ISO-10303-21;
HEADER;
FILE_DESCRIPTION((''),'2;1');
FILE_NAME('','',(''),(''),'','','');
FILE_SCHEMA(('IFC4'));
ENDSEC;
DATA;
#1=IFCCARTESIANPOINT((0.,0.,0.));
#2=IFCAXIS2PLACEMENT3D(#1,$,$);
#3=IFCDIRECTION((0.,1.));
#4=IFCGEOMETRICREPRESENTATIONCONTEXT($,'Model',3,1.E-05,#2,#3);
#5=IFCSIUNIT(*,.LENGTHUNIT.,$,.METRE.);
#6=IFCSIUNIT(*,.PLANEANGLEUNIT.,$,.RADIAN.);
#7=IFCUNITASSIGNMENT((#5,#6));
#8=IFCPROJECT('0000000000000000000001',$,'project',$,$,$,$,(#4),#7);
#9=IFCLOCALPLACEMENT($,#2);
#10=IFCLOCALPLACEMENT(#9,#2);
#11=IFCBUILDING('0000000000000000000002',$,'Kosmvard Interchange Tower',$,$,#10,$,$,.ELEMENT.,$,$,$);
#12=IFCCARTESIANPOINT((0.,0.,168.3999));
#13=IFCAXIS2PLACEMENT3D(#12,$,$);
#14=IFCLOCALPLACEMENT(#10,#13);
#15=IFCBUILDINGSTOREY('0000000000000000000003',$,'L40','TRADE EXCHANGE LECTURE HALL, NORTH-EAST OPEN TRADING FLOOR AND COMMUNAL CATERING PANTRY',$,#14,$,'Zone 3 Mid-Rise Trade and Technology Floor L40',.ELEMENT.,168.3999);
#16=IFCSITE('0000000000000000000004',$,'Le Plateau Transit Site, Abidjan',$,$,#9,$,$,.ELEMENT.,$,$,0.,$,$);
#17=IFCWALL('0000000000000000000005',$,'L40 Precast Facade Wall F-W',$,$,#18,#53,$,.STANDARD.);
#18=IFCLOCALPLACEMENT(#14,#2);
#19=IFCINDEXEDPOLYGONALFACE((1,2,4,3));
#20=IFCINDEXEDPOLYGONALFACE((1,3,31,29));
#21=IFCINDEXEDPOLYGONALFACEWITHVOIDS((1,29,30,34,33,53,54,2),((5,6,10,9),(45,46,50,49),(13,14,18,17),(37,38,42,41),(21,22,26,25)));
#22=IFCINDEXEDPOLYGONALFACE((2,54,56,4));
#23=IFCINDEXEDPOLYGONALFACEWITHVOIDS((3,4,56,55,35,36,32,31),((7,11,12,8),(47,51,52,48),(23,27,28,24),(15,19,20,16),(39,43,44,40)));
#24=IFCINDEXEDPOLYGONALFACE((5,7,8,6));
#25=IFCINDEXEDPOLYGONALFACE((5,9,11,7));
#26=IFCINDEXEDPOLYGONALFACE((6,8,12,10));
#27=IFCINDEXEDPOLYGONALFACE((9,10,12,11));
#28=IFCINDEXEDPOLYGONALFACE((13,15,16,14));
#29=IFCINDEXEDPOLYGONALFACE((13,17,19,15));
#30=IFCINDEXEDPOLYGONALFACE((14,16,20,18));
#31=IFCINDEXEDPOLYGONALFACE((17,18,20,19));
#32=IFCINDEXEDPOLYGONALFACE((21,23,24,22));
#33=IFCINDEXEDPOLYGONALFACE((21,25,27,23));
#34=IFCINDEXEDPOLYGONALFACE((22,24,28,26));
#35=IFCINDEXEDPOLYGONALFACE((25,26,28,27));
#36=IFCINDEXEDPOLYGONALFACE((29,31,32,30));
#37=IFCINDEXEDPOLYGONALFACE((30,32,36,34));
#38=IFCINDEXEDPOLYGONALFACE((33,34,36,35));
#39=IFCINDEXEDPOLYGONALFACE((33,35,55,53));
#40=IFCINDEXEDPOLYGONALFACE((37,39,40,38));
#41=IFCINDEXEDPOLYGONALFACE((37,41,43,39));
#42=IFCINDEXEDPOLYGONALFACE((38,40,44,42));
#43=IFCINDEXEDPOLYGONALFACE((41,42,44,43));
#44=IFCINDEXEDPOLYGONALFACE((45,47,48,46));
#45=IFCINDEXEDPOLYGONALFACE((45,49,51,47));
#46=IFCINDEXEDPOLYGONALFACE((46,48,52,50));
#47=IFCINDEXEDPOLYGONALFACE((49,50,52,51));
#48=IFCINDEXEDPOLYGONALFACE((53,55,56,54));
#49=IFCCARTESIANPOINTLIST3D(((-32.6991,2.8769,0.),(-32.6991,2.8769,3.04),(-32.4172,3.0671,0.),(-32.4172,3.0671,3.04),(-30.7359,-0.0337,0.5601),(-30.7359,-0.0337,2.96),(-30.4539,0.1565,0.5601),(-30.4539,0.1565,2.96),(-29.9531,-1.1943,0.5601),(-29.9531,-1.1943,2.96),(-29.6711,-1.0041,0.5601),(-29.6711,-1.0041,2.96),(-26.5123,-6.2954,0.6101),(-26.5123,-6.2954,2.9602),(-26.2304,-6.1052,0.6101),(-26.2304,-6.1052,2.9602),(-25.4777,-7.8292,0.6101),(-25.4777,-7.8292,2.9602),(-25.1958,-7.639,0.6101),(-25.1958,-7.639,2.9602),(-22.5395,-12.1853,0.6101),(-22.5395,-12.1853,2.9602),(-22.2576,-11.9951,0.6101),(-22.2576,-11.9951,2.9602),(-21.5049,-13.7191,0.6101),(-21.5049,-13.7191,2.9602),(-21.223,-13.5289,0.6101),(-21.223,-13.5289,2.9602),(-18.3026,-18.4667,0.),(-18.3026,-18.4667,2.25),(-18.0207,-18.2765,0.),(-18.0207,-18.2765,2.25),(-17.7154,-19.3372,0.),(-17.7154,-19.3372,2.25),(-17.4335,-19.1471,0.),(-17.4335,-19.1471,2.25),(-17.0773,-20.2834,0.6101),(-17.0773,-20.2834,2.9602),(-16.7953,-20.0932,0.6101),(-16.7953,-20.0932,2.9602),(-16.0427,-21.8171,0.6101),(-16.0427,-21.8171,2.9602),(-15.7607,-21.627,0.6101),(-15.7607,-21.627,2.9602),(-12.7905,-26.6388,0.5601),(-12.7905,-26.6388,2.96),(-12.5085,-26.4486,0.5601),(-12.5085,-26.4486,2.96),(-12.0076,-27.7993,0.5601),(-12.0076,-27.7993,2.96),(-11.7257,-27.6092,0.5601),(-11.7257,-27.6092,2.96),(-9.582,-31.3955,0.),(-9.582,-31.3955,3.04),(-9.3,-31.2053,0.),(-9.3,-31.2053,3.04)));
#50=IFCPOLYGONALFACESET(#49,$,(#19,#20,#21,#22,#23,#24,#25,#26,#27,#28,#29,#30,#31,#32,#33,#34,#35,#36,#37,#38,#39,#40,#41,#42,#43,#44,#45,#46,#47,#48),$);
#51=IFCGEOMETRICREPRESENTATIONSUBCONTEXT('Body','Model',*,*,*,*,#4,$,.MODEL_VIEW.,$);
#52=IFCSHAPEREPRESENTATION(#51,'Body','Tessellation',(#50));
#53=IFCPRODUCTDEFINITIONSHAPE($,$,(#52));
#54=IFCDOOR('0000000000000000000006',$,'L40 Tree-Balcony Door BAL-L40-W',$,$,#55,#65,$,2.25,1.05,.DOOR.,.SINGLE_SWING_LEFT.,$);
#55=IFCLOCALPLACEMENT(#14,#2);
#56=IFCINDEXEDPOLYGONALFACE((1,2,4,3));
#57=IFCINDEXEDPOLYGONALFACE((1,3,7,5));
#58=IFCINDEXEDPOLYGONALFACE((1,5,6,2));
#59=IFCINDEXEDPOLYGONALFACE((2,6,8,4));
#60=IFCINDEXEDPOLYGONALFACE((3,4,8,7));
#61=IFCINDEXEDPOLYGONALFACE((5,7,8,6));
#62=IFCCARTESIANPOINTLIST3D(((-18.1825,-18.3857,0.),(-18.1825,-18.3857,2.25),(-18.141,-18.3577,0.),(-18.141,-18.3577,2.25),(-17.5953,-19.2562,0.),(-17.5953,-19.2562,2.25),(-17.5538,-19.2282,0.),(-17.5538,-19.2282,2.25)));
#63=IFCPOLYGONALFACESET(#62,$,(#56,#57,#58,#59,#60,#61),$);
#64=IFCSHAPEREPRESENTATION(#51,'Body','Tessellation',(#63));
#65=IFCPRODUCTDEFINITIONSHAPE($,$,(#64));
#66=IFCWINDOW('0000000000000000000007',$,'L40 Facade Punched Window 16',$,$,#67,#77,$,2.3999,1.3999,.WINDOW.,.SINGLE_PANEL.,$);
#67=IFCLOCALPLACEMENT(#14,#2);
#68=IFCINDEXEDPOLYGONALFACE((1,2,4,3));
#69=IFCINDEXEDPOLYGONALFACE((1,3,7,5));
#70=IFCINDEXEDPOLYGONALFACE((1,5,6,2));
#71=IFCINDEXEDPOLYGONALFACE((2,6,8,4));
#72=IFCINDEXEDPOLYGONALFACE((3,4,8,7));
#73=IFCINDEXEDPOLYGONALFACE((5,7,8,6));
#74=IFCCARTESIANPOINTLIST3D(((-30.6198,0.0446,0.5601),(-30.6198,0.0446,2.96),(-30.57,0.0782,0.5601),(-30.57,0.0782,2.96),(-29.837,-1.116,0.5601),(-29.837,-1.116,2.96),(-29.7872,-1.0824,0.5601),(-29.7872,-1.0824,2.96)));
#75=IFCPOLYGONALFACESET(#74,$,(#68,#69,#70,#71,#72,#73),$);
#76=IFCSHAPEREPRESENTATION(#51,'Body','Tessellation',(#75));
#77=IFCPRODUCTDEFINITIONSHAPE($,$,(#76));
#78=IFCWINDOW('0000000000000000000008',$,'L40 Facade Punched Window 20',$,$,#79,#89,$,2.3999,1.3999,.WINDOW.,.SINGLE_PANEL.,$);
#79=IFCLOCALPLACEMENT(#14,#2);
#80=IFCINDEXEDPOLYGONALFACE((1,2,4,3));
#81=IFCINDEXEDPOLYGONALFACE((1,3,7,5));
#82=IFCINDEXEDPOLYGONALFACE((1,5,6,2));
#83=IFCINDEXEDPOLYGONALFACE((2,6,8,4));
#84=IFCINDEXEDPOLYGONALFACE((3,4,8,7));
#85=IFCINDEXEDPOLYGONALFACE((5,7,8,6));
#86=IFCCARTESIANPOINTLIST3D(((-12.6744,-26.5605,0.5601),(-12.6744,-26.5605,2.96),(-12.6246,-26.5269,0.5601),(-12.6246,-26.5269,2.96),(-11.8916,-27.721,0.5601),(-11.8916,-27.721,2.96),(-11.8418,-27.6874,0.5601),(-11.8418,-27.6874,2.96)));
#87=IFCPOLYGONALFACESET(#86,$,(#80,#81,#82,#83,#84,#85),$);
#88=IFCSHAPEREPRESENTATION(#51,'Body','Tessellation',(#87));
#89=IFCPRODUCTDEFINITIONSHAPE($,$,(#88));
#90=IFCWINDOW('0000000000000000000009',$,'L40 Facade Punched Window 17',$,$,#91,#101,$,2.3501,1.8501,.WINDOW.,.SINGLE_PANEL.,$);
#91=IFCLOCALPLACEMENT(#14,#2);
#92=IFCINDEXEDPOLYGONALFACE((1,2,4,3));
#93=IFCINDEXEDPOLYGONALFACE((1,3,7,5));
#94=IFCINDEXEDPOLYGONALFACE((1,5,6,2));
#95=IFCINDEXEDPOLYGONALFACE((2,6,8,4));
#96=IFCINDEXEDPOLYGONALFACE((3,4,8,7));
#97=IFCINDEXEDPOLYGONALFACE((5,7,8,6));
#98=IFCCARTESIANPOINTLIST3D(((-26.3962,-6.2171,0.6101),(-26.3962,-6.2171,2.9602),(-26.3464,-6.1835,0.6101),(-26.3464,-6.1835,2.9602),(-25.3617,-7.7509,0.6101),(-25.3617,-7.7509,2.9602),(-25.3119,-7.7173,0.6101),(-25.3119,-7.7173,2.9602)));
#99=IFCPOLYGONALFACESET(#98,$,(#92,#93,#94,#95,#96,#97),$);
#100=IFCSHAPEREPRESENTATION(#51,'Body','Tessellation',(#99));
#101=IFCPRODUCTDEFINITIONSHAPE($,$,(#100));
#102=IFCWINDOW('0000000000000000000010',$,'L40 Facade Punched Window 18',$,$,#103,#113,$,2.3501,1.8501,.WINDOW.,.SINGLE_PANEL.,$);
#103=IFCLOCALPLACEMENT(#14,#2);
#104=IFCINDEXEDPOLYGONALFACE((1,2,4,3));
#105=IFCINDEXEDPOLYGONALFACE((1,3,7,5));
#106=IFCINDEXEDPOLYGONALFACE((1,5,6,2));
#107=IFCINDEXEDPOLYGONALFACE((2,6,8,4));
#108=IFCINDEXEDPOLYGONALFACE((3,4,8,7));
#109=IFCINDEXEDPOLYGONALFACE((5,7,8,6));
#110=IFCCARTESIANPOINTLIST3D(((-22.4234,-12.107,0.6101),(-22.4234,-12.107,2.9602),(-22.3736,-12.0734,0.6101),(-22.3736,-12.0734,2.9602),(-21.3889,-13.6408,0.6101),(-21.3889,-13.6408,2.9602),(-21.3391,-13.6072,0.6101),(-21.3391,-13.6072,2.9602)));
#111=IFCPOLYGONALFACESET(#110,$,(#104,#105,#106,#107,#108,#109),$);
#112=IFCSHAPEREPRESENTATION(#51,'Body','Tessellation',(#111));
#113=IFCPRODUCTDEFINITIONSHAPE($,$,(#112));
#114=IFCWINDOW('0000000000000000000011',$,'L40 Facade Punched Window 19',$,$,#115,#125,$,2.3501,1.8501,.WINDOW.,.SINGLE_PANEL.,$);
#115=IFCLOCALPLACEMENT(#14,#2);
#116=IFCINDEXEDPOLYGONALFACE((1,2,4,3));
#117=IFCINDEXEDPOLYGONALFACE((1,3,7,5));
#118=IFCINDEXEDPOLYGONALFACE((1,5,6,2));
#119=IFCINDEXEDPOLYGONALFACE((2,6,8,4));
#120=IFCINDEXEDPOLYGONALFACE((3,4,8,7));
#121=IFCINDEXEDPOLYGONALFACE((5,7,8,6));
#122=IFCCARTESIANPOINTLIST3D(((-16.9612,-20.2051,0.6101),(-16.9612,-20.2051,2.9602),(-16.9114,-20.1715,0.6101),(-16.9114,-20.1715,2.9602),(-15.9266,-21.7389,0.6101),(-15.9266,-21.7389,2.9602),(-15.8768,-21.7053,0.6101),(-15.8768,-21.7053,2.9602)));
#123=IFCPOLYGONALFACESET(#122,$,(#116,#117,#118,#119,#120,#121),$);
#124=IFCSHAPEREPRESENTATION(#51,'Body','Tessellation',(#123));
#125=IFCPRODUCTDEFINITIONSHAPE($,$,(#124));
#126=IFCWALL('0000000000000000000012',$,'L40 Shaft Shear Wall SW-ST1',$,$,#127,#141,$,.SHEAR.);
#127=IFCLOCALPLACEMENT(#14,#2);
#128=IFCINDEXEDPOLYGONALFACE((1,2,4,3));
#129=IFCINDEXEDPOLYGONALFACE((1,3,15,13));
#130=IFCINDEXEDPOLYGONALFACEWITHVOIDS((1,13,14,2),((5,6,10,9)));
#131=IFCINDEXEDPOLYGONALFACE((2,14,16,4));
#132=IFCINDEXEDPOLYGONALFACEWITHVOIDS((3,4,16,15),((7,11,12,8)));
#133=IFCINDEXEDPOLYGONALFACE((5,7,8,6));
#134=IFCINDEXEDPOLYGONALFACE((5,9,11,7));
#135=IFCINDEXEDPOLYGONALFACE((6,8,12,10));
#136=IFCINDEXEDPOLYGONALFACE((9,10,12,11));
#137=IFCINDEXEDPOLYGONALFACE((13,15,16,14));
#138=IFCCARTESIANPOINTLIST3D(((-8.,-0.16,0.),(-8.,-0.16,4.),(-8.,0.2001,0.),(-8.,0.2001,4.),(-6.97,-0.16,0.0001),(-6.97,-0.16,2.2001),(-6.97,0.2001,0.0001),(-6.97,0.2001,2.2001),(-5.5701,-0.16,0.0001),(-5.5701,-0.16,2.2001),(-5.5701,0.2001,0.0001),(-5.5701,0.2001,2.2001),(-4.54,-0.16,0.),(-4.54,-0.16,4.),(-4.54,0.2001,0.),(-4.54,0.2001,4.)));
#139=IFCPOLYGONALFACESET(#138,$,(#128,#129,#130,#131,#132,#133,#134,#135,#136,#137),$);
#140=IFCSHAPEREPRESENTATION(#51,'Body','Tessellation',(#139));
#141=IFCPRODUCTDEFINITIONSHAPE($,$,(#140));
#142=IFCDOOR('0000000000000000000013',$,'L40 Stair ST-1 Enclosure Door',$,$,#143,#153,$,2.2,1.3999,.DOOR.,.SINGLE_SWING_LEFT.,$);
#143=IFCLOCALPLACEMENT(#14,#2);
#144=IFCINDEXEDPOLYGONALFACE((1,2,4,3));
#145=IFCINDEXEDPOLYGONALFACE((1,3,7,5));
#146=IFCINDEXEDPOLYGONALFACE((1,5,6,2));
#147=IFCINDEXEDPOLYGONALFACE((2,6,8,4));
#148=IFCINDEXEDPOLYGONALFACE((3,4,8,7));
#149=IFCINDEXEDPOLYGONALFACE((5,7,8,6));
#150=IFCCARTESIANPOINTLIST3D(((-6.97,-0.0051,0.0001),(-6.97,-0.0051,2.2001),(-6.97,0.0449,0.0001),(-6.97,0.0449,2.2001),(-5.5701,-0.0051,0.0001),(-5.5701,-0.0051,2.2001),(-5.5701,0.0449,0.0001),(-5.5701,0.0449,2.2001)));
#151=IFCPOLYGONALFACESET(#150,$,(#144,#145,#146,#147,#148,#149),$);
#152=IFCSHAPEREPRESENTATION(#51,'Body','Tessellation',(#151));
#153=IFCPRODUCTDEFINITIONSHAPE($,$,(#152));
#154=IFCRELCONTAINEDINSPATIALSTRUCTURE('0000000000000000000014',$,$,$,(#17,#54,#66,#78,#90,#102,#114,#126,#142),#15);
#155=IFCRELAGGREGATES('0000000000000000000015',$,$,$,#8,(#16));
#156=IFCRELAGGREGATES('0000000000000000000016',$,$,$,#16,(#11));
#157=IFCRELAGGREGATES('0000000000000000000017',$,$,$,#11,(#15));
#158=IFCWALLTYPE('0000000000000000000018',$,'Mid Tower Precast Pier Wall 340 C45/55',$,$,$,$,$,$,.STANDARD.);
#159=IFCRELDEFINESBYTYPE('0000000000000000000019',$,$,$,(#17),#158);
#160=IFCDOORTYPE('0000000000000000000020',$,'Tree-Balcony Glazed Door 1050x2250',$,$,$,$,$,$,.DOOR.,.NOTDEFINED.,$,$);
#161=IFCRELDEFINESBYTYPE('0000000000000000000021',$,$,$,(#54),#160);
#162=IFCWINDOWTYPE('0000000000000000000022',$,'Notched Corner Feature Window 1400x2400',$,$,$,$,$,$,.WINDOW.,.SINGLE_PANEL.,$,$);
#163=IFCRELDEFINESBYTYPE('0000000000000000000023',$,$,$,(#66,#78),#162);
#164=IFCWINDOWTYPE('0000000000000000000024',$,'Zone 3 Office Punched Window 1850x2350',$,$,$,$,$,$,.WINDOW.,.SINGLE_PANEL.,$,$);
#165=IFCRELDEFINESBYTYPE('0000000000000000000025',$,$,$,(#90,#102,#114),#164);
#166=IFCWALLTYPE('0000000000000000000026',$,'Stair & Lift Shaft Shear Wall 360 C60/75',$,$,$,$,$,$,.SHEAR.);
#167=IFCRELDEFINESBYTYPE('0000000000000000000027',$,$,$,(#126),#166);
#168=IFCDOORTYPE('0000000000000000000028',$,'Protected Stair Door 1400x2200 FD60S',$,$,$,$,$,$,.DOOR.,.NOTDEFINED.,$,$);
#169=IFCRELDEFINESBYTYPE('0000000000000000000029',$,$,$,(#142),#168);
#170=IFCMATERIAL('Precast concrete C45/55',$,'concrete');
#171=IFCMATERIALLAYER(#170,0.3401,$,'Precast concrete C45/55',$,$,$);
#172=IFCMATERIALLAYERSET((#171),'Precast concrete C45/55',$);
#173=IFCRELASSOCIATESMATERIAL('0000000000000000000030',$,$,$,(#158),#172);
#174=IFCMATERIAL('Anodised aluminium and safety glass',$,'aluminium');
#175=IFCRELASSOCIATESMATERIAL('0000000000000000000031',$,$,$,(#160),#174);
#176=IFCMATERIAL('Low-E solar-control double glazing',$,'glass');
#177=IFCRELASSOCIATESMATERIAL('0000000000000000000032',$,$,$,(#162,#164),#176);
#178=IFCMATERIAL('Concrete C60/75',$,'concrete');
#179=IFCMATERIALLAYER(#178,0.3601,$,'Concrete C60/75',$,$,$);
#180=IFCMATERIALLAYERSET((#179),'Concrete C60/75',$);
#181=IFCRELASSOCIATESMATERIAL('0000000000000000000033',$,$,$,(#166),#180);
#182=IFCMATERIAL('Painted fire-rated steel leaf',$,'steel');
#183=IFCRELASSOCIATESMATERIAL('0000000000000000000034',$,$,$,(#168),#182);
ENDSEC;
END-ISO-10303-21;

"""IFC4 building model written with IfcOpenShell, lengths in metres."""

from ifc_helpers import new_model, si_unit, direction, frame, frame_2d, origin, place, context, subcontext, project, spatial, rectangle, extrude, source, transform, mapped, material, layer, layer_set, type_object, element, fill, save


model = new_model("IFC4")

# Units and contexts
model_context = context("Model", 3, precision=1e-05, world=origin(), true_north=direction((0.0, 1.0)))
body_context = subcontext(model_context, "Body", "Model", "MODEL_VIEW")
ifc_project = project(units=[si_unit("LENGTHUNIT", "METRE"), si_unit("PLANEANGLEUNIT", "RADIAN")], contexts=[model_context])

# Site, building, storey
site_placement = place(None, origin())
site = spatial("IfcSite", under=ifc_project, at=site_placement, Name="Le Plateau Transit Site, Abidjan", CompositionType="ELEMENT", RefElevation=0.0)
building_placement = place(site_placement, origin())
building = spatial("IfcBuilding", under=site, at=building_placement, Name="Kosmvard Interchange Tower", CompositionType="ELEMENT")
storey_placement = place(building_placement, frame((0.0, 0.0, 168.3999)))
storey = spatial("IfcBuildingStorey", under=building, at=storey_placement, Name="L40", Description="TRADE EXCHANGE LECTURE HALL, NORTH-EAST OPEN TRADING FLOOR AND COMMUNAL CATERING PANTRY", LongName="Zone 3 Mid-Rise Trade and Technology Floor L40", CompositionType="ELEMENT", Elevation=168.3999)

# Wall, openings, door, windows
ifc_material_1 = material(Name="Precast concrete C45/55", Category="concrete")
ifc_layer_1 = layer(ifc_material_1, 0.3401, Name="Precast concrete C45/55")
ifc_layer_set_1 = layer_set([ifc_layer_1], Name="Precast concrete C45/55")
wall_type_1 = type_object("IfcWallType", Name="Mid Tower Precast Pier Wall 340 C45/55", PredefinedType="STANDARD", material=ifc_layer_set_1)
wall_1_placement = place(storey_placement, frame((-32.5581, 2.9719, 0.0), z_axis=(0.0, 0.0, 1.0), x_axis=(0.559195, -0.829036, 0.0)))
wall_1 = element("IfcWall", 1, at=wall_1_placement, inside=storey, type_object=wall_type_1, Name="L40 Precast Facade Wall F-W", PredefinedType="STANDARD", context=body_context, shape_type="SweptSolid", body=[
    extrude(rectangle(XDim=41.3401, YDim=0.3401, at=frame_2d((20.6699, 0.0))), origin(), (0.0, 0.0, 1.0), 3.04),
])
opening_1_placement = place(wall_1_placement, frame((25.7451, 0.0, 0.0)))
opening_1 = element("IfcOpeningElement", 2, at=opening_1_placement, cuts=wall_1, PredefinedType="OPENING", context=body_context, shape_type="SweptSolid", body=[
    extrude(rectangle(XDim=1.05, YDim=2.25, at=frame_2d((0.5249, 1.125))), frame((0.0, 0.1802, 0.0), z_axis=(0.0, -1.0, 0.0), x_axis=(1.0, 0.0, 0.0)), (0.0, 0.0, 1.0), 0.3601),
])
opening_2_placement = place(wall_1_placement, frame((3.5107, 0.0, 0.5601)))
opening_2 = element("IfcOpeningElement", 3, at=opening_2_placement, cuts=wall_1, PredefinedType="OPENING", context=body_context, shape_type="SweptSolid", body=[
    extrude(rectangle(XDim=1.3999, YDim=2.3999, at=frame_2d((0.7, 1.2))), frame((0.0, 0.1802, 0.0), z_axis=(0.0, -1.0, 0.0), x_axis=(1.0, 0.0, 0.0)), (0.0, 0.0, 1.0), 0.3601),
])
opening_3_placement = place(wall_1_placement, frame((11.0637, 0.0, 0.6101)))
opening_3 = element("IfcOpeningElement", 4, at=opening_3_placement, cuts=wall_1, PredefinedType="OPENING", context=body_context, shape_type="SweptSolid", body=[
    extrude(rectangle(XDim=1.8501, YDim=2.3501, at=frame_2d((0.925, 1.175))), frame((0.0, 0.1802, 0.0), z_axis=(0.0, -1.0, 0.0), x_axis=(1.0, 0.0, 0.0)), (0.0, 0.0, 1.0), 0.3601),
])
opening_4_placement = place(wall_1_placement, frame((18.1682, 0.0, 0.6101)))
opening_4 = element("IfcOpeningElement", 5, at=opening_4_placement, cuts=wall_1, PredefinedType="OPENING", context=body_context, shape_type="SweptSolid", body=[
    extrude(rectangle(XDim=1.8501, YDim=2.3501, at=frame_2d((0.925, 1.175))), frame((0.0, 0.1802, 0.0), z_axis=(0.0, -1.0, 0.0), x_axis=(1.0, 0.0, 0.0)), (0.0, 0.0, 1.0), 0.3601),
])
opening_5_placement = place(wall_1_placement, frame((27.9363, 0.0, 0.6101)))
opening_5 = element("IfcOpeningElement", 6, at=opening_5_placement, cuts=wall_1, PredefinedType="OPENING", context=body_context, shape_type="SweptSolid", body=[
    extrude(rectangle(XDim=1.8501, YDim=2.3501, at=frame_2d((0.925, 1.175))), frame((0.0, 0.1802, 0.0), z_axis=(0.0, -1.0, 0.0), x_axis=(1.0, 0.0, 0.0)), (0.0, 0.0, 1.0), 0.3601),
])
opening_6_placement = place(wall_1_placement, frame((35.6023, 0.0, 0.5601)))
opening_6 = element("IfcOpeningElement", 7, at=opening_6_placement, cuts=wall_1, PredefinedType="OPENING", context=body_context, shape_type="SweptSolid", body=[
    extrude(rectangle(XDim=1.3999, YDim=2.3999, at=frame_2d((0.7, 1.2))), frame((0.0, 0.1802, 0.0), z_axis=(0.0, -1.0, 0.0), x_axis=(1.0, 0.0, 0.0)), (0.0, 0.0, 1.0), 0.3601),
])
ifc_material_2 = material(Name="Anodised aluminium and safety glass", Category="aluminium")
door_type_1 = type_object("IfcDoorType", Name="Tree-Balcony Glazed Door 1050x2250", OperationType="NOTDEFINED", PredefinedType="DOOR", material=ifc_material_2)
shared_shape_1 = source(origin(), body_context, "Body", "SweptSolid", [
    extrude(rectangle(XDim=1.05, YDim=2.25, at=frame_2d((0.5249, 1.125))), frame((0.0, 0.0249, 0.0), z_axis=(0.0, -1.0, 0.0), x_axis=(1.0, 0.0, 0.0)), (0.0, 0.0, 1.0), 0.05),
])
door_1_placement = place(opening_1_placement, origin())
door_1 = element("IfcDoor", 8, at=door_1_placement, inside=storey, type_object=door_type_1, Name="L40 Tree-Balcony Door BAL-L40-W", OperationType="SINGLE_SWING_LEFT", OverallHeight=2.25, OverallWidth=1.05, PredefinedType="DOOR", context=body_context, shape_type="MappedRepresentation", body=[
    mapped(shared_shape_1, transform((0.0, 0.0, 0.0), scale=1.0)),
])
fill(opening_1, door_1)
ifc_material_3 = material(Name="Low-E solar-control double glazing", Category="glass")
window_type_1 = type_object("IfcWindowType", Name="Notched Corner Feature Window 1400x2400", PartitioningType="SINGLE_PANEL", PredefinedType="WINDOW", material=ifc_material_3)
shared_shape_2 = source(origin(), body_context, "Body", "SweptSolid", [
    extrude(rectangle(XDim=1.3999, YDim=2.3999, at=frame_2d((0.7, 1.2))), frame((0.0, 0.03, 0.0), z_axis=(0.0, -1.0, 0.0), x_axis=(1.0, 0.0, 0.0)), (0.0, 0.0, 1.0), 0.0601),
])
window_1_placement = place(opening_2_placement, origin())
window_1 = element("IfcWindow", 9, at=window_1_placement, inside=storey, type_object=window_type_1, Name="L40 Facade Punched Window 16", OverallHeight=2.3999, OverallWidth=1.3999, PartitioningType="SINGLE_PANEL", PredefinedType="WINDOW", context=body_context, shape_type="MappedRepresentation", body=[
    mapped(shared_shape_2, transform((0.0, 0.0, 0.0), scale=1.0)),
])
fill(opening_2, window_1)
window_2_placement = place(opening_6_placement, origin())
window_2 = element("IfcWindow", 10, at=window_2_placement, inside=storey, type_object=window_type_1, Name="L40 Facade Punched Window 20", OverallHeight=2.3999, OverallWidth=1.3999, PartitioningType="SINGLE_PANEL", PredefinedType="WINDOW", context=body_context, shape_type="MappedRepresentation", body=[
    mapped(shared_shape_2, transform((0.0, 0.0, 0.0), scale=1.0)),
])
fill(opening_6, window_2)
window_type_2 = type_object("IfcWindowType", Name="Zone 3 Office Punched Window 1850x2350", PartitioningType="SINGLE_PANEL", PredefinedType="WINDOW", material=ifc_material_3)
shared_shape_3 = source(origin(), body_context, "Body", "SweptSolid", [
    extrude(rectangle(XDim=1.8501, YDim=2.3501, at=frame_2d((0.925, 1.175))), frame((0.0, 0.03, 0.0), z_axis=(0.0, -1.0, 0.0), x_axis=(1.0, 0.0, 0.0)), (0.0, 0.0, 1.0), 0.0601),
])
window_3_placement = place(opening_3_placement, origin())
window_3 = element("IfcWindow", 11, at=window_3_placement, inside=storey, type_object=window_type_2, Name="L40 Facade Punched Window 17", OverallHeight=2.3501, OverallWidth=1.8501, PartitioningType="SINGLE_PANEL", PredefinedType="WINDOW", context=body_context, shape_type="MappedRepresentation", body=[
    mapped(shared_shape_3, transform((0.0, 0.0, 0.0), scale=1.0)),
])
fill(opening_3, window_3)
window_4_placement = place(opening_4_placement, origin())
window_4 = element("IfcWindow", 12, at=window_4_placement, inside=storey, type_object=window_type_2, Name="L40 Facade Punched Window 18", OverallHeight=2.3501, OverallWidth=1.8501, PartitioningType="SINGLE_PANEL", PredefinedType="WINDOW", context=body_context, shape_type="MappedRepresentation", body=[
    mapped(shared_shape_3, transform((0.0, 0.0, 0.0), scale=1.0)),
])
fill(opening_4, window_4)
window_5_placement = place(opening_5_placement, origin())
window_5 = element("IfcWindow", 13, at=window_5_placement, inside=storey, type_object=window_type_2, Name="L40 Facade Punched Window 19", OverallHeight=2.3501, OverallWidth=1.8501, PartitioningType="SINGLE_PANEL", PredefinedType="WINDOW", context=body_context, shape_type="MappedRepresentation", body=[
    mapped(shared_shape_3, transform((0.0, 0.0, 0.0), scale=1.0)),
])
fill(opening_5, window_5)

# Wall, opening, door
ifc_material_4 = material(Name="Concrete C60/75", Category="concrete")
ifc_layer_2 = layer(ifc_material_4, 0.3601, Name="Concrete C60/75")
ifc_layer_set_2 = layer_set([ifc_layer_2], Name="Concrete C60/75")
wall_type_2 = type_object("IfcWallType", Name="Stair & Lift Shaft Shear Wall 360 C60/75", PredefinedType="SHEAR", material=ifc_layer_set_2)
wall_2_placement = place(storey_placement, frame((-8.0, 0.02, 0.0), z_axis=(0.0, 0.0, 1.0), x_axis=(1.0, 0.0, 0.0)))
wall_2 = element("IfcWall", 14, at=wall_2_placement, inside=storey, type_object=wall_type_2, Name="L40 Shaft Shear Wall SW-ST1", PredefinedType="SHEAR", context=body_context, shape_type="SweptSolid", body=[
    extrude(rectangle(XDim=3.46, YDim=0.3601, at=frame_2d((1.73, 0.0))), origin(), (0.0, 0.0, 1.0), 4.0),
])
opening_7_placement = place(wall_2_placement, frame((1.03, 0.0, 0.0)))
opening_7 = element("IfcOpeningElement", 15, at=opening_7_placement, cuts=wall_2, PredefinedType="OPENING", context=body_context, shape_type="SweptSolid", body=[
    extrude(rectangle(XDim=1.3999, YDim=2.2, at=frame_2d((0.7, 1.1001))), frame((0.0, 0.1899, 0.0), z_axis=(0.0, -1.0, 0.0), x_axis=(1.0, 0.0, 0.0)), (0.0, 0.0, 1.0), 0.3801),
])
ifc_material_5 = material(Name="Painted fire-rated steel leaf", Category="steel")
door_type_2 = type_object("IfcDoorType", Name="Protected Stair Door 1400x2200 FD60S", OperationType="NOTDEFINED", PredefinedType="DOOR", material=ifc_material_5)
shared_shape_4 = source(origin(), body_context, "Body", "SweptSolid", [
    extrude(rectangle(XDim=1.3999, YDim=2.2, at=frame_2d((0.7, 1.1001))), frame((0.0, 0.0249, 0.0), z_axis=(0.0, -1.0, 0.0), x_axis=(1.0, 0.0, 0.0)), (0.0, 0.0, 1.0), 0.05),
])
door_2_placement = place(opening_7_placement, origin())
door_2 = element("IfcDoor", 16, at=door_2_placement, inside=storey, type_object=door_type_2, Name="L40 Stair ST-1 Enclosure Door", OperationType="SINGLE_SWING_LEFT", OverallHeight=2.2, OverallWidth=1.3999, PredefinedType="DOOR", context=body_context, shape_type="MappedRepresentation", body=[
    mapped(shared_shape_4, transform((0.0, 0.0, 0.0), scale=1.0)),
])
fill(opening_7, door_2)

save(model, "model.ifc")
